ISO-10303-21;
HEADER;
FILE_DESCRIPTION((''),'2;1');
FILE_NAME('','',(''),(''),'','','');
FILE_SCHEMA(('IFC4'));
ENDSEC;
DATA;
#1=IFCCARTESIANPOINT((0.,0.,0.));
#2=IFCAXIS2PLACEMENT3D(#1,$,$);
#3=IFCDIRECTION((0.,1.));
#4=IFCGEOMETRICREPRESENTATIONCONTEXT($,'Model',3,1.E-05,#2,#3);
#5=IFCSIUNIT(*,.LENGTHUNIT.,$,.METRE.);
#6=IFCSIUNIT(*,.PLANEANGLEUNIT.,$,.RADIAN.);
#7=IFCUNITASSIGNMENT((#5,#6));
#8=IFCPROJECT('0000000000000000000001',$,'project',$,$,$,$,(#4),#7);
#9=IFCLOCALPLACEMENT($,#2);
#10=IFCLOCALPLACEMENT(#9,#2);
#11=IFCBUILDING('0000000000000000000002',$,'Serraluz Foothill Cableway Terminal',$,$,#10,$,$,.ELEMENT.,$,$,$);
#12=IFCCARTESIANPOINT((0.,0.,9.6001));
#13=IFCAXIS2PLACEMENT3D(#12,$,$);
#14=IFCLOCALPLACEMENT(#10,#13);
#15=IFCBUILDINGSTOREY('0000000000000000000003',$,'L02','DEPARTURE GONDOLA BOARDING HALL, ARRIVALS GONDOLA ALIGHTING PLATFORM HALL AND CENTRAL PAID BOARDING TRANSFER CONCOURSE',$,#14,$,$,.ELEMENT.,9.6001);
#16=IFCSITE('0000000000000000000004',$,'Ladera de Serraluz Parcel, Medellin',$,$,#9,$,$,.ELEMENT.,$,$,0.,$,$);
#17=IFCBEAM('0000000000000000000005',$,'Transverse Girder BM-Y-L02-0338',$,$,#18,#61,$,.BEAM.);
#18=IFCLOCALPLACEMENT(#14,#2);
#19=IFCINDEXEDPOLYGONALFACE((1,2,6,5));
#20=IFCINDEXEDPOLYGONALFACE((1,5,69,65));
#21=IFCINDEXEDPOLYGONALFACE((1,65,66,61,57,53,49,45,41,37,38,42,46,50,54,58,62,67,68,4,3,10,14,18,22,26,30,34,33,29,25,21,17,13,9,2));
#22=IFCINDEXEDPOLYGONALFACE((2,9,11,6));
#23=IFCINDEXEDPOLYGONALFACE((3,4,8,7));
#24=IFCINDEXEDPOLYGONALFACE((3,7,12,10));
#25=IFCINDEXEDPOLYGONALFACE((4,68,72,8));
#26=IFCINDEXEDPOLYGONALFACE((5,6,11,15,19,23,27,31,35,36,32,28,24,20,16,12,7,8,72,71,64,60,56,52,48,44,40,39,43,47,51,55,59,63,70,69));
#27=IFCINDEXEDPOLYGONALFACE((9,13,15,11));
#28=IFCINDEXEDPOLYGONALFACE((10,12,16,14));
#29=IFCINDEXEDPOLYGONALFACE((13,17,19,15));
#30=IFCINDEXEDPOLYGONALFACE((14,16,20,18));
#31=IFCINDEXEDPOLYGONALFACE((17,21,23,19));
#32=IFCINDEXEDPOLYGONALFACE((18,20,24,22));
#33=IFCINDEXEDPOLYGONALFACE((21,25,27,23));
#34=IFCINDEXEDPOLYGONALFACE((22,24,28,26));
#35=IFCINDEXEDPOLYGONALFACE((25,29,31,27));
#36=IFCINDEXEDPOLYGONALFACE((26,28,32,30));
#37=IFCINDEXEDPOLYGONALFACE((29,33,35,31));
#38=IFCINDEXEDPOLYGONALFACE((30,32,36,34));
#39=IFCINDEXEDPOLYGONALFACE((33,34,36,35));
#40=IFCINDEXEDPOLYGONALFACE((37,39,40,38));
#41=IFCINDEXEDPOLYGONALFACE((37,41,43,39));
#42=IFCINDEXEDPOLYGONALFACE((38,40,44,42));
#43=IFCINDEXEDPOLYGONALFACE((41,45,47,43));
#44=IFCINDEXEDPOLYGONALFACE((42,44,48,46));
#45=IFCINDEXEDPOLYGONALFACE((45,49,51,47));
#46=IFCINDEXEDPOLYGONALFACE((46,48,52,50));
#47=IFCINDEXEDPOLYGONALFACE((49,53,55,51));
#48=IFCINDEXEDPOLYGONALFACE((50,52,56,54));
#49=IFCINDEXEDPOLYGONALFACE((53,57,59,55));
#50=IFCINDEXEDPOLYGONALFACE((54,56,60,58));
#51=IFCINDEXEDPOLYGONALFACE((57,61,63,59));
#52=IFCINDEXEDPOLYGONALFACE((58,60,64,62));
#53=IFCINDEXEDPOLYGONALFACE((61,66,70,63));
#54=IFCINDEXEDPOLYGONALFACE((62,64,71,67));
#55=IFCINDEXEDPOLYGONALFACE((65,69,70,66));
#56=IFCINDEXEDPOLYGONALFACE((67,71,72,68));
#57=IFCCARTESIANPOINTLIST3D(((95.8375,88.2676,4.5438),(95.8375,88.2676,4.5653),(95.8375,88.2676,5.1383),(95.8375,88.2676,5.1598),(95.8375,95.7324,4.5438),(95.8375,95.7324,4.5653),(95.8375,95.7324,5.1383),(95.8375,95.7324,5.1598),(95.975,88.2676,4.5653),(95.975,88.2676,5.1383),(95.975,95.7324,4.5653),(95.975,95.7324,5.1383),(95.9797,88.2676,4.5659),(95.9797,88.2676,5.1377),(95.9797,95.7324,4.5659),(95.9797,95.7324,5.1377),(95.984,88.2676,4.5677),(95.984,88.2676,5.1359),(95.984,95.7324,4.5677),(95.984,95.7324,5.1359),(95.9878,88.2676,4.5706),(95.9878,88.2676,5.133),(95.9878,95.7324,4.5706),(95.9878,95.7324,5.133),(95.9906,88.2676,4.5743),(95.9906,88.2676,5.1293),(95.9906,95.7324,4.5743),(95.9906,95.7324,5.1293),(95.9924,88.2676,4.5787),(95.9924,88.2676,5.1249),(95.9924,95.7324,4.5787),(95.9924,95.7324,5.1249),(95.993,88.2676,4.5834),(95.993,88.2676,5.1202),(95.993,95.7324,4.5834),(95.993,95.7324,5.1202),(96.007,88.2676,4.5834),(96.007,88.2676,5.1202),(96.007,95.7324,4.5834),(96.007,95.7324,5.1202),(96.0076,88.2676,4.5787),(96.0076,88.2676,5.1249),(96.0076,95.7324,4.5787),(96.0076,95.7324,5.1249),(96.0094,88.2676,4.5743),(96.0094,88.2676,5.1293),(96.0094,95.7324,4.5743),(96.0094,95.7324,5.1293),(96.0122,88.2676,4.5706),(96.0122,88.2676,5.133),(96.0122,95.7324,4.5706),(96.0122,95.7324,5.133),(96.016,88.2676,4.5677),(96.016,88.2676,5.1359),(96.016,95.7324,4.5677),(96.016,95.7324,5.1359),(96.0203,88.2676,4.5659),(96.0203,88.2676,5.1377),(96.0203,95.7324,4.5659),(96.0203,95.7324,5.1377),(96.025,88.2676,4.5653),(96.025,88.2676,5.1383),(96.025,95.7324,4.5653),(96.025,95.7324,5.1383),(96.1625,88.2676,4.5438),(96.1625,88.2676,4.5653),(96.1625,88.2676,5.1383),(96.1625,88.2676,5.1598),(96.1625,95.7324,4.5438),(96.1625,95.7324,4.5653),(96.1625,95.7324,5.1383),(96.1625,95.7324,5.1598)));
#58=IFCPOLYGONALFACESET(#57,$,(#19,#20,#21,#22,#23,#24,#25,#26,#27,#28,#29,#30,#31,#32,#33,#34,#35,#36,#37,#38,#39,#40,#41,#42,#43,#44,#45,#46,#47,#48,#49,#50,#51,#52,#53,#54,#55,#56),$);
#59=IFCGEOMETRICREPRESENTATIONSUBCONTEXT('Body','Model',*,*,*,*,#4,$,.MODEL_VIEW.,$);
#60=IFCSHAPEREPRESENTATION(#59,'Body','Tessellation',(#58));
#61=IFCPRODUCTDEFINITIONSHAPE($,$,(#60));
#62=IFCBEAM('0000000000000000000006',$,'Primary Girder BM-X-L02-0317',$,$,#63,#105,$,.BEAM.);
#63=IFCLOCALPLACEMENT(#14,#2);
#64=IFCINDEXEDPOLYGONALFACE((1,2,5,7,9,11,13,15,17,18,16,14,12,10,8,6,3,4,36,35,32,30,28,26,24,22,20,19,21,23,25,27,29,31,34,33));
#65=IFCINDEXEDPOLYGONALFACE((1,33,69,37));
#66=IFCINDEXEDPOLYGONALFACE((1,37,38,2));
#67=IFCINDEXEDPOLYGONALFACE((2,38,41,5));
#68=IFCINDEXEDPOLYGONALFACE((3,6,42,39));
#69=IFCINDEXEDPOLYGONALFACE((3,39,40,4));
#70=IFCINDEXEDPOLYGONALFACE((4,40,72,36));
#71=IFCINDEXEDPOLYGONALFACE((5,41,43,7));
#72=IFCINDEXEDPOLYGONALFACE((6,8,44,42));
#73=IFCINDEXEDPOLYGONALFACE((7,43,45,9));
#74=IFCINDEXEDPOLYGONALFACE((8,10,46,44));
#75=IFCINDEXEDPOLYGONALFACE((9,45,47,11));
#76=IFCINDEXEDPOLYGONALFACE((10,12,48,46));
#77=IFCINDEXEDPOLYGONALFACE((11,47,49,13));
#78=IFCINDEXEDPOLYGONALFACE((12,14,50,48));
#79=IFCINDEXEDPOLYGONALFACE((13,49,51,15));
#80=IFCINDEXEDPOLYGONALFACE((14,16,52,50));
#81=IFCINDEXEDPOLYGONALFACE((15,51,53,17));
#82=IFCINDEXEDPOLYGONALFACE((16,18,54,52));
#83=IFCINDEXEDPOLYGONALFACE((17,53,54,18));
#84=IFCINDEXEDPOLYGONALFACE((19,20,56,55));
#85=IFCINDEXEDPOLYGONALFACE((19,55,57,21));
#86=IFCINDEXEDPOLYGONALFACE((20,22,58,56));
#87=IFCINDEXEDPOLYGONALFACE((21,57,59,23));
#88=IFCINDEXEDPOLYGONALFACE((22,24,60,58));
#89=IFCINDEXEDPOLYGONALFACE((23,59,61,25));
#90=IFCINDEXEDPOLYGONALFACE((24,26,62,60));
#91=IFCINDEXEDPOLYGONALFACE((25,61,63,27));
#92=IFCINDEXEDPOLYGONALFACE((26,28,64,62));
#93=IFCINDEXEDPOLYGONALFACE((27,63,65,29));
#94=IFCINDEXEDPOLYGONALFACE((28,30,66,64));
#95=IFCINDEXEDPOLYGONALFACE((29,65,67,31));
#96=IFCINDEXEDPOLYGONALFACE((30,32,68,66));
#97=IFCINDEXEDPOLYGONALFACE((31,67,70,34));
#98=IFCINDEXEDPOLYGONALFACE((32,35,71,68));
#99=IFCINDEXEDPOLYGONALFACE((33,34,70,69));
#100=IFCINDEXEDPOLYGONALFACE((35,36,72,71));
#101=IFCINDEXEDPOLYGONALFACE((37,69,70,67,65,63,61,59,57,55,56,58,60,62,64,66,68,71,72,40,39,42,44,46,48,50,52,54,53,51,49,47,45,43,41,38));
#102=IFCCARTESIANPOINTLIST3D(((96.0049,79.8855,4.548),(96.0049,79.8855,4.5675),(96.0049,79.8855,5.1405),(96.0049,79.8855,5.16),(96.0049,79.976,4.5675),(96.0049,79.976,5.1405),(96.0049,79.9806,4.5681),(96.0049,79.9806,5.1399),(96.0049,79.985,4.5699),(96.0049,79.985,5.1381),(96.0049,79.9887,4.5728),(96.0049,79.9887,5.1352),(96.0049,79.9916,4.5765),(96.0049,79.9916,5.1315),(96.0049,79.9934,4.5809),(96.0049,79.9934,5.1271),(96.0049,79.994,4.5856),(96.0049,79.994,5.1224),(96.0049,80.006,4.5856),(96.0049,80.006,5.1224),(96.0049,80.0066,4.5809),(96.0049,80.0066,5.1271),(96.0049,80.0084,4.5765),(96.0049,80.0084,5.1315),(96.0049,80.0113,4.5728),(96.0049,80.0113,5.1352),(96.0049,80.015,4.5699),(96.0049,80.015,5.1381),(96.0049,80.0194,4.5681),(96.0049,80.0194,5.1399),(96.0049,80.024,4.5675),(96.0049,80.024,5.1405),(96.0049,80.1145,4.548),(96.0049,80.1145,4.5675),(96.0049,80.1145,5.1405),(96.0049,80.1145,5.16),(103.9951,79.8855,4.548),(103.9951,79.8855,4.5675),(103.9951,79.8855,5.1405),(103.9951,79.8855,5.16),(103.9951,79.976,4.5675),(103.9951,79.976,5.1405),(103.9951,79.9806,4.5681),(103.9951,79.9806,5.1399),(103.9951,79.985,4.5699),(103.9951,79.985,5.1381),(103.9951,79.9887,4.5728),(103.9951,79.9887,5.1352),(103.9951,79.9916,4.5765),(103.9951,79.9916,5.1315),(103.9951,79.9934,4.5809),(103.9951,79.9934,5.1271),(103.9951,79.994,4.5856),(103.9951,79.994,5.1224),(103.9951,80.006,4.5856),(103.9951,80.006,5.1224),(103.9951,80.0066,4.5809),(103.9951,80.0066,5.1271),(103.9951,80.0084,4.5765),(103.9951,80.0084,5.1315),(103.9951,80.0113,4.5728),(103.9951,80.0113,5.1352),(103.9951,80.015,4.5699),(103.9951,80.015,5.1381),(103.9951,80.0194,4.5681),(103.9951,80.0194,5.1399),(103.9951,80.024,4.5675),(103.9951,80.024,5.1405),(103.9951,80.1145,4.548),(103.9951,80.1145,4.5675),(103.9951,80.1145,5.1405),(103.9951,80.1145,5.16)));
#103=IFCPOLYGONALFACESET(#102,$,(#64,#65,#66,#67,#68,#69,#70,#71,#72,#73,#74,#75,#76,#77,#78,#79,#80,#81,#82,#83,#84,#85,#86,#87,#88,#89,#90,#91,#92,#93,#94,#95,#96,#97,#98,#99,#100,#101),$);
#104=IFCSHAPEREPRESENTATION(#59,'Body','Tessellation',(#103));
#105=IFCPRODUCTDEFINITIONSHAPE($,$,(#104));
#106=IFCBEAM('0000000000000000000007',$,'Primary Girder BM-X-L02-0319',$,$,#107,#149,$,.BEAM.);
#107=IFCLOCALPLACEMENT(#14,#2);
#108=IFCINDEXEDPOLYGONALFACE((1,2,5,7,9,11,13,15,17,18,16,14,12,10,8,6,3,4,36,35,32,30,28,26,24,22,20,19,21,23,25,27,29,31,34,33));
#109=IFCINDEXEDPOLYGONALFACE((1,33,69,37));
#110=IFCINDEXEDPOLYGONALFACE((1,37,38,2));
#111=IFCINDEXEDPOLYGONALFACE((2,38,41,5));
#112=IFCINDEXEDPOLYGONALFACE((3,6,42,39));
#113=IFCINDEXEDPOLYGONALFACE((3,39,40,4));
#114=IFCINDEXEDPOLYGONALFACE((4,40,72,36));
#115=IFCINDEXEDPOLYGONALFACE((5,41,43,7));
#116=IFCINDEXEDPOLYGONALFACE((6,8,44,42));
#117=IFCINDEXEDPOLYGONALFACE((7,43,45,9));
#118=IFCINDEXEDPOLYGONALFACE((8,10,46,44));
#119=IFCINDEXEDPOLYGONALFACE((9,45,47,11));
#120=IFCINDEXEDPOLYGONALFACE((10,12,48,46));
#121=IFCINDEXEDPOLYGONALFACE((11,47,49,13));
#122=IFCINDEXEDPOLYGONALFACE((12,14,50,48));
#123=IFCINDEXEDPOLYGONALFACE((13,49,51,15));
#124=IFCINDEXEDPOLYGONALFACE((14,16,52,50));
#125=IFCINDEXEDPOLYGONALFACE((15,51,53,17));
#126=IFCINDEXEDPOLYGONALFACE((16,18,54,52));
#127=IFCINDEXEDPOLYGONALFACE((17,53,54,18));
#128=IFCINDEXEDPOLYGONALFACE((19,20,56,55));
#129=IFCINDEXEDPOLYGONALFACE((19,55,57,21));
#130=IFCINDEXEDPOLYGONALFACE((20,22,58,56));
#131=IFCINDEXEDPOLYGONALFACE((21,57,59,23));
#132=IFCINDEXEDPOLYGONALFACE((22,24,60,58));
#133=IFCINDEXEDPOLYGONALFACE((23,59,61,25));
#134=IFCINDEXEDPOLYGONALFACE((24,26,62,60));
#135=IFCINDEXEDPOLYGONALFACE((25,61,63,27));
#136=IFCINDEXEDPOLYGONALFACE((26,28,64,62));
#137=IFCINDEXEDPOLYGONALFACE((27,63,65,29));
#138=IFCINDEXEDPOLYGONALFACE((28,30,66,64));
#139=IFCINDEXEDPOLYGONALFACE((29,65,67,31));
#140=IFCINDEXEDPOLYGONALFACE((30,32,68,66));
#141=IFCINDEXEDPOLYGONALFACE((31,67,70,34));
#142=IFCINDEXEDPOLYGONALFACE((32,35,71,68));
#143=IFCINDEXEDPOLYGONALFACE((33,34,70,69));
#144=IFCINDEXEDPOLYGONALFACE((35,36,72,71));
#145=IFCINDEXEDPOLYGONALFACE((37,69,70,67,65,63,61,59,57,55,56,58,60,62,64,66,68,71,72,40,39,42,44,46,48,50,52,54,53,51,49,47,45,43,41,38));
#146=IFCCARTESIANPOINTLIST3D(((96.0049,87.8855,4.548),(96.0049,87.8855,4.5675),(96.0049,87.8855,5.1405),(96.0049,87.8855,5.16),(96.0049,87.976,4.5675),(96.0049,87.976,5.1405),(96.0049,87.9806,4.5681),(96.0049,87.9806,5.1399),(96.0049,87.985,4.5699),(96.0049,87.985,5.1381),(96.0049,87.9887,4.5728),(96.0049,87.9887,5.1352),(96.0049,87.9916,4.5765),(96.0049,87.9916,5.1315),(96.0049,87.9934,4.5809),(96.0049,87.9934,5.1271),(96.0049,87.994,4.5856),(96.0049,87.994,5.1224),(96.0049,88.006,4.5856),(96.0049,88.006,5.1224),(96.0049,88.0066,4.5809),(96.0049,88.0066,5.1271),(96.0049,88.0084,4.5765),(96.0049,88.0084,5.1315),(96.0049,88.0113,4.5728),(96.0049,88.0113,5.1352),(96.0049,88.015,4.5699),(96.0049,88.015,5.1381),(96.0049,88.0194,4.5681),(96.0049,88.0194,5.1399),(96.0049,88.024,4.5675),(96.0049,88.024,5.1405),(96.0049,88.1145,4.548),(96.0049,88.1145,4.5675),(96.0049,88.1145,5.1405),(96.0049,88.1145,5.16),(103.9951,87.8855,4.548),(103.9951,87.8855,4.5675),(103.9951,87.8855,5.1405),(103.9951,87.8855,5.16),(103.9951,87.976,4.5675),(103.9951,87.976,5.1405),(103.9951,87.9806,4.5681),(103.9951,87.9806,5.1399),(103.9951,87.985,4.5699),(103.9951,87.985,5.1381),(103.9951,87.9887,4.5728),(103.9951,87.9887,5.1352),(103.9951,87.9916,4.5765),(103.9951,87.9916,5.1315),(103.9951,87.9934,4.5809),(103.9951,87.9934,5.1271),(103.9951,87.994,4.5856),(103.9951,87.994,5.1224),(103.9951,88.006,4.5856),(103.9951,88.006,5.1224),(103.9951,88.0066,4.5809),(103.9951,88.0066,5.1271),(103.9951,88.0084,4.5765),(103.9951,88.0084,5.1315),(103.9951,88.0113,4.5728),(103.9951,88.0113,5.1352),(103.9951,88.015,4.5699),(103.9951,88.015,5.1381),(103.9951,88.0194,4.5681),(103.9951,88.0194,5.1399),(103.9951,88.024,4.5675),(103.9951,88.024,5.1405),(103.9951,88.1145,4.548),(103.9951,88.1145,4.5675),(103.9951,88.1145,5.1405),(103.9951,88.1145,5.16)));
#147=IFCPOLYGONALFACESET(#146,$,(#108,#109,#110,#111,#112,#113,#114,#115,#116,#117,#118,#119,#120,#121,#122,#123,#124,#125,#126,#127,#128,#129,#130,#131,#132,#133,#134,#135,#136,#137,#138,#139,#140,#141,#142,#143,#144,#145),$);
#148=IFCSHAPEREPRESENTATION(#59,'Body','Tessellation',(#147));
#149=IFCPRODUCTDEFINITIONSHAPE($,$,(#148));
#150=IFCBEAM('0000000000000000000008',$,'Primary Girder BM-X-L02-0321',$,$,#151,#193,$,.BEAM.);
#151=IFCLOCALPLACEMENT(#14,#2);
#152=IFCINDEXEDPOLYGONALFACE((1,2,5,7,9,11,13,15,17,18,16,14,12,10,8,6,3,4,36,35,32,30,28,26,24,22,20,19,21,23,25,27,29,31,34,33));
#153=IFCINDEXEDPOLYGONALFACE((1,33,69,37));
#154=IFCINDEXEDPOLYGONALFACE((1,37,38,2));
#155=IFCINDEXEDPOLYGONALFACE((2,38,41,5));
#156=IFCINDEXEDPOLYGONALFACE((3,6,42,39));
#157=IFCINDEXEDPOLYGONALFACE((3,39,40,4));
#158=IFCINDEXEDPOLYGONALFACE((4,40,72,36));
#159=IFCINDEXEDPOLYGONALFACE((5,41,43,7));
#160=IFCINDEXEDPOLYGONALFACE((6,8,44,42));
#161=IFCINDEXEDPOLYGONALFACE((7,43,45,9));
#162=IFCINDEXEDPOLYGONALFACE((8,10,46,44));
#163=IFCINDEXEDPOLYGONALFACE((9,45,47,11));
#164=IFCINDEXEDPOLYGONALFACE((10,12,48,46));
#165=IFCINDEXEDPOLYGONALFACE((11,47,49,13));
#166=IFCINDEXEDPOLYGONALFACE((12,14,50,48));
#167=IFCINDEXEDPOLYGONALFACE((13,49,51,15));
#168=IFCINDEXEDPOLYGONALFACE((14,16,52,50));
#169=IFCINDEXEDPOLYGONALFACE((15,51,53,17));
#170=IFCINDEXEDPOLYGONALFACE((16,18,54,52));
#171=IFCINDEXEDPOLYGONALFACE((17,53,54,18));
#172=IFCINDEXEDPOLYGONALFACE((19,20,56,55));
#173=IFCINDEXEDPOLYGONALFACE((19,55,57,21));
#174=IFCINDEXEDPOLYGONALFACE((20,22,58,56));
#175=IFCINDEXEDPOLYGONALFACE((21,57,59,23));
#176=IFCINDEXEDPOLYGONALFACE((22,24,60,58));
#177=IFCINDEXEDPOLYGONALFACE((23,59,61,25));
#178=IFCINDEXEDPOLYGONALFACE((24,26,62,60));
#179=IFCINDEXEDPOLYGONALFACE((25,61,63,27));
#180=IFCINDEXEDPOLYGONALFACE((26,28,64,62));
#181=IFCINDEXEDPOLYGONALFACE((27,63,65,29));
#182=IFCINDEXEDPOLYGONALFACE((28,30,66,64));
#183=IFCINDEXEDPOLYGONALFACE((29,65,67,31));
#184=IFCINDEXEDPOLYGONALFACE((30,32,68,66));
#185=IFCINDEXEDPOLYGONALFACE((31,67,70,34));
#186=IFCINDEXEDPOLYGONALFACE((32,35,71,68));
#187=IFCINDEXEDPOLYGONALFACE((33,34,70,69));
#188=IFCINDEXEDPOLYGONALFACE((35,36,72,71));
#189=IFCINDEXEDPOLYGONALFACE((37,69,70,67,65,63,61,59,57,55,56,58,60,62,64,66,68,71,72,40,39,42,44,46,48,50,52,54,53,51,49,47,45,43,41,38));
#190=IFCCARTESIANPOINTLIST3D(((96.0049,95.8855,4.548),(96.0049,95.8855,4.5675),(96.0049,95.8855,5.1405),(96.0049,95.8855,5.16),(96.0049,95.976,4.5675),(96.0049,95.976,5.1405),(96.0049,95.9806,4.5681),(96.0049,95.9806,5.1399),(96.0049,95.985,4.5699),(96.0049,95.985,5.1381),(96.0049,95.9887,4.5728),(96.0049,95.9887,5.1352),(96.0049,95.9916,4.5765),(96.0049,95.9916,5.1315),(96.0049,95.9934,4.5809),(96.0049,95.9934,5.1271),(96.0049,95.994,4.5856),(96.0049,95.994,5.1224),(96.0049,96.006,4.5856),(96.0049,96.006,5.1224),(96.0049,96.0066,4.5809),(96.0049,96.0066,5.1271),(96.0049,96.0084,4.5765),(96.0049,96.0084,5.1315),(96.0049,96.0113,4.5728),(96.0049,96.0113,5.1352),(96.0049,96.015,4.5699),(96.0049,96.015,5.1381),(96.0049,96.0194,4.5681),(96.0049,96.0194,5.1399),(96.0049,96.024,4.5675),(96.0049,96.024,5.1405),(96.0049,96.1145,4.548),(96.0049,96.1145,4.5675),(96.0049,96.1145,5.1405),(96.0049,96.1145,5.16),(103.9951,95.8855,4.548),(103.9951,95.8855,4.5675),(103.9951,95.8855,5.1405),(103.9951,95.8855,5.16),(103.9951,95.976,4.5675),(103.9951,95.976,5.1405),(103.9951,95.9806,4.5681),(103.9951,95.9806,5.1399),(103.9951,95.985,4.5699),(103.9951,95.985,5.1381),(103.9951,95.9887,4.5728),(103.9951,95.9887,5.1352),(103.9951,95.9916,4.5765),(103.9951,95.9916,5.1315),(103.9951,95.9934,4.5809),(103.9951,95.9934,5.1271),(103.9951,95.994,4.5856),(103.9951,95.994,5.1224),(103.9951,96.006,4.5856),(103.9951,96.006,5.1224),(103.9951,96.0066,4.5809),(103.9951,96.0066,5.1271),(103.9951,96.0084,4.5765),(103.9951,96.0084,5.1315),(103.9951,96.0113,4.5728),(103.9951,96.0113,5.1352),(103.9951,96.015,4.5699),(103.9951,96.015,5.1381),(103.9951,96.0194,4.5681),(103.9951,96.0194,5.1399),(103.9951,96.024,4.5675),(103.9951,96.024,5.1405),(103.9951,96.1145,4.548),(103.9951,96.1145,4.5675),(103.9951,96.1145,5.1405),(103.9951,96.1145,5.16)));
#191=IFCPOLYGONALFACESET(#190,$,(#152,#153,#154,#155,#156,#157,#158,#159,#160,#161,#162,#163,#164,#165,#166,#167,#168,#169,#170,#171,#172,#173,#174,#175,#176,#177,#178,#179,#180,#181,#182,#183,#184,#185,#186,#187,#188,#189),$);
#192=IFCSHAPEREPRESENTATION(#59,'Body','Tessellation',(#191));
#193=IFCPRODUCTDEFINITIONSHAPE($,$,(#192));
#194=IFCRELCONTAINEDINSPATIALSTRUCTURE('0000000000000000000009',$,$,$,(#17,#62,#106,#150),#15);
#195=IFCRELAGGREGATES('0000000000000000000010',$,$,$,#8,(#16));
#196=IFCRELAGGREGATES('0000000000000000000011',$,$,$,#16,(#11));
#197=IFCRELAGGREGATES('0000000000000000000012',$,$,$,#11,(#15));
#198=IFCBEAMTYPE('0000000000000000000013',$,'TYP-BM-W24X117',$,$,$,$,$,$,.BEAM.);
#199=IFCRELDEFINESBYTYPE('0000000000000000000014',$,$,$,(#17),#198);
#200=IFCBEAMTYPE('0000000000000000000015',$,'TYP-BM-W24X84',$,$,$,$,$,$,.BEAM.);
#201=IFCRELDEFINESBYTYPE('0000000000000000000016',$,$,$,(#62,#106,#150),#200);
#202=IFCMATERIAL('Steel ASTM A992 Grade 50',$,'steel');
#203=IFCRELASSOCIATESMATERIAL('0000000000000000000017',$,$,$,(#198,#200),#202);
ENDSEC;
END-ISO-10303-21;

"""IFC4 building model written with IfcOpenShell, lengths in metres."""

from ifc_helpers import new_model, si_unit, direction, frame, origin, origin_2d, place, context, subcontext, project, spatial, i_section, extrude, material, material_profile, profile_set, type_object, element, save


model = new_model("IFC4")

# Units and contexts
model_context = context("Model", 3, precision=1e-05, world=origin(), true_north=direction((0.0, 1.0)))
body_context = subcontext(model_context, "Body", "Model", "MODEL_VIEW")
ifc_project = project(units=[si_unit("LENGTHUNIT", "METRE"), si_unit("PLANEANGLEUNIT", "RADIAN")], contexts=[model_context])

# Site, building, storey
site_placement = place(None, origin())
site = spatial("IfcSite", under=ifc_project, at=site_placement, Name="Ladera de Serraluz Parcel, Medellin", CompositionType="ELEMENT", RefElevation=0.0)
building_placement = place(site_placement, origin())
building = spatial("IfcBuilding", under=site, at=building_placement, Name="Serraluz Foothill Cableway Terminal", CompositionType="ELEMENT")
storey_placement = place(building_placement, frame((0.0, 0.0, 9.6001)))
storey = spatial("IfcBuildingStorey", under=building, at=storey_placement, Name="L02", Description="DEPARTURE GONDOLA BOARDING HALL, ARRIVALS GONDOLA ALIGHTING PLATFORM HALL AND CENTRAL PAID BOARDING TRANSFER CONCOURSE", CompositionType="ELEMENT", Elevation=9.6001)

# Shared definitions
ifc_material_1 = material(Name="Steel ASTM A992 Grade 50", Category="steel")

# Beams
ifc_material_profile_1 = material_profile(ifc_material_1, i_section(OverallWidth=0.325, OverallDepth=0.616, WebThickness=0.0139, FlangeThickness=0.0215, FilletRadius=0.0181, at=origin_2d()), Name="W24X117")
ifc_profile_set_1 = profile_set([ifc_material_profile_1], Name="Steel ASTM A992 Grade 50")
beam_type_1 = type_object("IfcBeamType", Name="TYP-BM-W24X117", PredefinedType="BEAM", material=ifc_profile_set_1)
for number, where, z_axis, x_axis, name in (
    (1, (96.0, 88.2676, 4.8518), (0.0, 1.0, 0.0), (-1.0, 0.0, 0.0), "Transverse Girder BM-Y-L02-0338"),
):
    element("IfcBeam", number, at=place(storey_placement, frame(where, z_axis=z_axis, x_axis=x_axis)), inside=storey, type_object=beam_type_1, Name=name, PredefinedType="BEAM", context=body_context, shape_type="SweptSolid", body=[
        extrude(i_section(OverallWidth=0.325, OverallDepth=0.616, WebThickness=0.0139, FlangeThickness=0.0215, FilletRadius=0.0181, at=origin_2d()), origin(), (0.0, 0.0, 1.0), 7.4648),
    ])
ifc_material_profile_2 = material_profile(ifc_material_1, i_section(OverallWidth=0.229, OverallDepth=0.6121, WebThickness=0.012, FlangeThickness=0.0195, FilletRadius=0.0181, at=origin_2d()), Name="W24X84")
ifc_profile_set_2 = profile_set([ifc_material_profile_2], Name="Steel ASTM A992 Grade 50")
beam_type_2 = type_object("IfcBeamType", Name="TYP-BM-W24X84", PredefinedType="BEAM", material=ifc_profile_set_2)
for number, where, z_axis, x_axis, name in (
    (2, (96.0049, 80.0, 4.854), (1.0, 0.0, 0.0), (0.0, 1.0, 0.0), "Primary Girder BM-X-L02-0317"),
    (3, (96.0049, 88.0, 4.854), (1.0, 0.0, 0.0), (0.0, 1.0, 0.0), "Primary Girder BM-X-L02-0319"),
    (4, (96.0049, 96.0, 4.854), (1.0, 0.0, 0.0), (0.0, 1.0, 0.0), "Primary Girder BM-X-L02-0321"),
):
    element("IfcBeam", number, at=place(storey_placement, frame(where, z_axis=z_axis, x_axis=x_axis)), inside=storey, type_object=beam_type_2, Name=name, PredefinedType="BEAM", context=body_context, shape_type="SweptSolid", body=[
        extrude(i_section(OverallWidth=0.229, OverallDepth=0.6121, WebThickness=0.012, FlangeThickness=0.0195, FilletRadius=0.0181, at=origin_2d()), origin(), (0.0, 0.0, 1.0), 7.9902),
    ])

save(model, "model.ifc")
